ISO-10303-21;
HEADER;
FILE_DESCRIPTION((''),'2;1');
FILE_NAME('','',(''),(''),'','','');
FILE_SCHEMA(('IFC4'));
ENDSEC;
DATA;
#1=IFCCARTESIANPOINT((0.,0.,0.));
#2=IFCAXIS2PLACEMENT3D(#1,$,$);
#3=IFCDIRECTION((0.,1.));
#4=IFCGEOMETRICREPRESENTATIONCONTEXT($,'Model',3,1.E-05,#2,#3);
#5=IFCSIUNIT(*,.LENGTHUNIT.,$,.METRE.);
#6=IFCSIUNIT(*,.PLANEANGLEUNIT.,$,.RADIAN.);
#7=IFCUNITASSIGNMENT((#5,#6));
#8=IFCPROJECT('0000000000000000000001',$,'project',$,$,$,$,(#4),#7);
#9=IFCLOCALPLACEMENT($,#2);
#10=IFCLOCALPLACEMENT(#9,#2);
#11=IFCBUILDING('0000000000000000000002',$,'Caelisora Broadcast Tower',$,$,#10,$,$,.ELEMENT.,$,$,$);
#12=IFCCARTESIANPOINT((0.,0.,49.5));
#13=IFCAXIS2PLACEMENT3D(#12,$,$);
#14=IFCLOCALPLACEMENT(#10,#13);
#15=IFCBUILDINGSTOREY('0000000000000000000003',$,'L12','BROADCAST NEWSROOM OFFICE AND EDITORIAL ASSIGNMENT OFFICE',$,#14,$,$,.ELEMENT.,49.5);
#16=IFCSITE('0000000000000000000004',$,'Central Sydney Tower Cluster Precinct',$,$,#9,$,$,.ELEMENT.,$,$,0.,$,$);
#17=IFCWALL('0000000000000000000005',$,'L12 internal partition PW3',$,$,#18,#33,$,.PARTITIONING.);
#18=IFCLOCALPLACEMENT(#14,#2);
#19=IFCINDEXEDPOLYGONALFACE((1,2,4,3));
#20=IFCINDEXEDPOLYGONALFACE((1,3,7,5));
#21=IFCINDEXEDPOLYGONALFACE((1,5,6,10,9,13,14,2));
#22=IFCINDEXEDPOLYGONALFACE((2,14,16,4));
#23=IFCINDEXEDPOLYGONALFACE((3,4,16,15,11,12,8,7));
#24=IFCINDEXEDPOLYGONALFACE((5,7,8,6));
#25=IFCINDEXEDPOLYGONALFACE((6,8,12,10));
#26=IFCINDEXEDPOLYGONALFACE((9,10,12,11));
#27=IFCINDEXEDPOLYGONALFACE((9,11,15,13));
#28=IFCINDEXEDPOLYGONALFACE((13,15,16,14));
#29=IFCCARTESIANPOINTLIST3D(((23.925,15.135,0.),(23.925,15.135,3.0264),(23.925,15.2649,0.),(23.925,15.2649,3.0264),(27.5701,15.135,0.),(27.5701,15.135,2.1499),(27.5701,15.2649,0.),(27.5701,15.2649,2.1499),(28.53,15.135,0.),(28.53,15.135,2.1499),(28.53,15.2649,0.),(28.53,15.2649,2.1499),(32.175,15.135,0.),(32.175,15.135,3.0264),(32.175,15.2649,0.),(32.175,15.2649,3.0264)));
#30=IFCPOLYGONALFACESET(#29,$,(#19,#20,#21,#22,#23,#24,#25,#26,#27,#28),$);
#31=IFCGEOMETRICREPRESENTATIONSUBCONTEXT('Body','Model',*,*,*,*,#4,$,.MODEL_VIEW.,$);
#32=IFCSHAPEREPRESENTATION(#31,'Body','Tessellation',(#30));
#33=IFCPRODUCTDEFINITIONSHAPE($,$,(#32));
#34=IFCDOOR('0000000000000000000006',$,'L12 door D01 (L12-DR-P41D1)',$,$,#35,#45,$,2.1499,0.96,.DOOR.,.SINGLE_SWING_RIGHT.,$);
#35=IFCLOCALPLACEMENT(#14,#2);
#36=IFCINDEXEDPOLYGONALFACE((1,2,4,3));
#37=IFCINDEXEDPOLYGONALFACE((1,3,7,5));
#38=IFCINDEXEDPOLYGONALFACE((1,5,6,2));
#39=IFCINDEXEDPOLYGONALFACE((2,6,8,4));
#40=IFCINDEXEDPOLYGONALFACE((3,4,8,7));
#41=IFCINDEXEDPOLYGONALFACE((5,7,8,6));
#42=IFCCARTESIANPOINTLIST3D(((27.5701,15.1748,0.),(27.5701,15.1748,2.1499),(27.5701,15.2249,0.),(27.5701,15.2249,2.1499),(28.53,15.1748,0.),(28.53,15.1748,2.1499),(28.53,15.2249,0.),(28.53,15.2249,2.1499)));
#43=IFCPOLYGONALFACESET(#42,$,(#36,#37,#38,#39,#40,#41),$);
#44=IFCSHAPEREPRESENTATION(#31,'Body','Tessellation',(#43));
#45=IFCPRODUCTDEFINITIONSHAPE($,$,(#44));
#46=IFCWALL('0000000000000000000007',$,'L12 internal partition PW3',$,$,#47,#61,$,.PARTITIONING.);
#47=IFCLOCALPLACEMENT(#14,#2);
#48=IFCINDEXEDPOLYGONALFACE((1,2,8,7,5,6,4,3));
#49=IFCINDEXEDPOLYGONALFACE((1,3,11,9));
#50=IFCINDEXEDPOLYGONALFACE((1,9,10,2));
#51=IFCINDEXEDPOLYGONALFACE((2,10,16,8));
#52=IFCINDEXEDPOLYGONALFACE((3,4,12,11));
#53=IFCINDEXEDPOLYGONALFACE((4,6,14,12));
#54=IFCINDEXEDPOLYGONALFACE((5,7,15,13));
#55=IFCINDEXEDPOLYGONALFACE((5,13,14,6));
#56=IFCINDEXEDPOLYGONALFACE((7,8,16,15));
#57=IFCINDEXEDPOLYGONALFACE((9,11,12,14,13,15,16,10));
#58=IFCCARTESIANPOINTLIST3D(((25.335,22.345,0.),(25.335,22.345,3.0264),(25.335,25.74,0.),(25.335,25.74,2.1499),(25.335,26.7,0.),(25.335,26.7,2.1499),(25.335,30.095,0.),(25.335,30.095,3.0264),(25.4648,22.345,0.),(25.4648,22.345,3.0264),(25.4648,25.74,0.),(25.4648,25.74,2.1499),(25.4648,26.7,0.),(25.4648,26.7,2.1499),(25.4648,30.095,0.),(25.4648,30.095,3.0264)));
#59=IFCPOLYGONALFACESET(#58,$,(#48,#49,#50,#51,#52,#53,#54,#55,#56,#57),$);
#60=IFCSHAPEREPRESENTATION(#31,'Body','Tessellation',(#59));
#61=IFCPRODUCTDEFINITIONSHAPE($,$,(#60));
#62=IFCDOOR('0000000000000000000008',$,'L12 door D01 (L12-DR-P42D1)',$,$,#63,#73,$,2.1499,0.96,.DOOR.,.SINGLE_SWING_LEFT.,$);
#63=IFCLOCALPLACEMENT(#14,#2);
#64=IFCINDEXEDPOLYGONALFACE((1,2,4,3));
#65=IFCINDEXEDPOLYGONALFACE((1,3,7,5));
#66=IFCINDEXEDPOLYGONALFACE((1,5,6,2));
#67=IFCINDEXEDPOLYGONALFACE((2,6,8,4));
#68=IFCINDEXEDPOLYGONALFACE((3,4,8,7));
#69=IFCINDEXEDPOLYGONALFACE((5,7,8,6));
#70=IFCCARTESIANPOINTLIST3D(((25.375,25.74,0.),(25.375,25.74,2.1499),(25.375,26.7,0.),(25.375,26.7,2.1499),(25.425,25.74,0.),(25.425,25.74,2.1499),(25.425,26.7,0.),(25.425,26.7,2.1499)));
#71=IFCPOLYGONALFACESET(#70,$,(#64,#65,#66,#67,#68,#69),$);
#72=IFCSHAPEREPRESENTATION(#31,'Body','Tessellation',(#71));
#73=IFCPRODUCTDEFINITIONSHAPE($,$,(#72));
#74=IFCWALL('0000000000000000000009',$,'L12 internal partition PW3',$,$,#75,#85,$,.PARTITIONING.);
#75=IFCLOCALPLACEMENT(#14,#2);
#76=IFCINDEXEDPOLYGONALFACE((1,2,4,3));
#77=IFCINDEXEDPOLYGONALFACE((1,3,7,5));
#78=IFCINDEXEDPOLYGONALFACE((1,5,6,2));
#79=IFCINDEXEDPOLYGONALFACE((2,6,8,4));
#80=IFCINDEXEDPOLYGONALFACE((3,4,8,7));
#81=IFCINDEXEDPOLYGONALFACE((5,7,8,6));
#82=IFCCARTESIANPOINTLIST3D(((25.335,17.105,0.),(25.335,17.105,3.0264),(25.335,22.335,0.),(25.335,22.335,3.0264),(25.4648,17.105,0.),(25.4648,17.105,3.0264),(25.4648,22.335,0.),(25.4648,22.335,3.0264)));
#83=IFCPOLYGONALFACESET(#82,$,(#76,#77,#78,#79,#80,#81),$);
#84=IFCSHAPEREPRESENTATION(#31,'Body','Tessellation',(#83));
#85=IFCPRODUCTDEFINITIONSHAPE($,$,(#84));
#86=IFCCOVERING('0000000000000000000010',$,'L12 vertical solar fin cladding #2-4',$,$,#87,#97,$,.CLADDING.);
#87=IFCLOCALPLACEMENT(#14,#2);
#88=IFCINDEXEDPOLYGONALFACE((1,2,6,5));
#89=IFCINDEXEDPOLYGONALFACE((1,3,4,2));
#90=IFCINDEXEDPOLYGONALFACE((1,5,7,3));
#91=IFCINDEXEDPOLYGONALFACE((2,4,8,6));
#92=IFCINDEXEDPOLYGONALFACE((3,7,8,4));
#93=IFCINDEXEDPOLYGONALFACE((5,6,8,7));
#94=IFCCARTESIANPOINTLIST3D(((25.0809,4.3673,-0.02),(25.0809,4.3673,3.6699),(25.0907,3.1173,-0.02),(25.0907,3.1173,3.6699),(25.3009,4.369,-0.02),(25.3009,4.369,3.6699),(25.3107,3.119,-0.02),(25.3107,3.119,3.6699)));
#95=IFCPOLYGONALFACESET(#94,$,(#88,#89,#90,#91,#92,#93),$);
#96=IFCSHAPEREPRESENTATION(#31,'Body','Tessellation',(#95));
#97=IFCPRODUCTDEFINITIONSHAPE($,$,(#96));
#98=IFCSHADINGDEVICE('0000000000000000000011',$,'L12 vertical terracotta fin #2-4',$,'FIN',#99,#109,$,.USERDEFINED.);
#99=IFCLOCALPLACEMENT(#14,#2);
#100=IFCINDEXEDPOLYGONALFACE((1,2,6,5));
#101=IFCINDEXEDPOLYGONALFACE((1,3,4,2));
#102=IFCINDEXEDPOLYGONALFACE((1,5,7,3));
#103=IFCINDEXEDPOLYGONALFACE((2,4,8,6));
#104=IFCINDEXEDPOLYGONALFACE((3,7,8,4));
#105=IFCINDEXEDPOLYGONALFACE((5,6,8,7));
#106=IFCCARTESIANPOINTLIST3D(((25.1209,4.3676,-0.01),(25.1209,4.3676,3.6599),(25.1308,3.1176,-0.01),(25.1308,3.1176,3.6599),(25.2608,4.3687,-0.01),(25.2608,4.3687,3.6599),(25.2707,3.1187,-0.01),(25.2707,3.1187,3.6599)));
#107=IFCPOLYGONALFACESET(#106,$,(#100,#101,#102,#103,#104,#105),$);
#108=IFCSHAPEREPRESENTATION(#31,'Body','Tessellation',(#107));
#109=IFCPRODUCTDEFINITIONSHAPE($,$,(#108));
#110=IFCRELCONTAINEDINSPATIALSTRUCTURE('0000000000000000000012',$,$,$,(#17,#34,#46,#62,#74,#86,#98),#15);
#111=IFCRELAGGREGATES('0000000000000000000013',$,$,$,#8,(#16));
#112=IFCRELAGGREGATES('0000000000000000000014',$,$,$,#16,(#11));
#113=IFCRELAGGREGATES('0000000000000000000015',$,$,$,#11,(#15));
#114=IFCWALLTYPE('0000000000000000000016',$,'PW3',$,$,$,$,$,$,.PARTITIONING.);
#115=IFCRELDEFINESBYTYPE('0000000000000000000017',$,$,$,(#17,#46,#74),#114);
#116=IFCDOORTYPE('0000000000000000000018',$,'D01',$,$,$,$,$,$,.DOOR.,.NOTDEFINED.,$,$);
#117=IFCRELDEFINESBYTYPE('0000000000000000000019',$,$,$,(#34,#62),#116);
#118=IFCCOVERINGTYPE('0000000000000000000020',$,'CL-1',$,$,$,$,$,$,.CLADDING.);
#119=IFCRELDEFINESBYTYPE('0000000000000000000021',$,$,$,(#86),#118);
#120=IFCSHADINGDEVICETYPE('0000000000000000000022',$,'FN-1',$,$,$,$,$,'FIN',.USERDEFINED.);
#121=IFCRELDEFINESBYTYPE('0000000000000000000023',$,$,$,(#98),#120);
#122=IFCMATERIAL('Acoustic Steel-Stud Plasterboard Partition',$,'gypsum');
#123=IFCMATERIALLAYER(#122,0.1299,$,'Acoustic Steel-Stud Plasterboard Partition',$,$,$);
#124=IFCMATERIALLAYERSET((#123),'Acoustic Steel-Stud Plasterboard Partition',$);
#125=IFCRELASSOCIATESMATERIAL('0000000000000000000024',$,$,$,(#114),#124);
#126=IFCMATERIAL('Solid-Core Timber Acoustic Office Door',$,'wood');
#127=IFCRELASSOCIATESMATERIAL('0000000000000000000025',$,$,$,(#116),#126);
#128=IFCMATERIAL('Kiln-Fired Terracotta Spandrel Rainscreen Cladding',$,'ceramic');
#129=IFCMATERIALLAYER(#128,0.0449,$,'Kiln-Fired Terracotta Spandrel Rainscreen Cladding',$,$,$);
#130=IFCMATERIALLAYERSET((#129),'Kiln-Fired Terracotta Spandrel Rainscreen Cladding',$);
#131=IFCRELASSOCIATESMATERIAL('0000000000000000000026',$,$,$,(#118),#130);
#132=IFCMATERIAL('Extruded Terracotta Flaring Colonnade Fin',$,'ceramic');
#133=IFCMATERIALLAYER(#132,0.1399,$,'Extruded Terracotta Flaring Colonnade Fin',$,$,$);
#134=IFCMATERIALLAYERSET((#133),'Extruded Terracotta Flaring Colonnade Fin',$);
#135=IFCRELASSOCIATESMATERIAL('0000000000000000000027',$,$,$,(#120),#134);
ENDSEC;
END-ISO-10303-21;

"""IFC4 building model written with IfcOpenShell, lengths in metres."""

from ifc_helpers import new_model, si_unit, direction, frame, frame_2d, origin, origin_2d, place, context, subcontext, project, spatial, rectangle, extrude, source, transform, mapped, material, layer, layer_set, type_object, type_shapes, element, fill, save


model = new_model("IFC4")

# Units and contexts
model_context = context("Model", 3, precision=1e-05, world=origin(), true_north=direction((0.0, 1.0)))
body_context = subcontext(model_context, "Body", "Model", "MODEL_VIEW")
ifc_project = project(units=[si_unit("LENGTHUNIT", "METRE"), si_unit("PLANEANGLEUNIT", "RADIAN")], contexts=[model_context])

# Site, building, storey
site_placement = place(None, origin())
site = spatial("IfcSite", under=ifc_project, at=site_placement, Name="Central Sydney Tower Cluster Precinct", CompositionType="ELEMENT", RefElevation=0.0)
building_placement = place(site_placement, origin())
building = spatial("IfcBuilding", under=site, at=building_placement, Name="Caelisora Broadcast Tower", CompositionType="ELEMENT")
storey_placement = place(building_placement, frame((0.0, 0.0, 49.5)))
storey = spatial("IfcBuildingStorey", under=building, at=storey_placement, Name="L12", Description="BROADCAST NEWSROOM OFFICE AND EDITORIAL ASSIGNMENT OFFICE", CompositionType="ELEMENT", Elevation=49.5)

# Shared definitions
ifc_material_1 = material(Name="Acoustic Steel-Stud Plasterboard Partition", Category="gypsum")
ifc_layer_1 = layer(ifc_material_1, 0.1299, Name="Acoustic Steel-Stud Plasterboard Partition")
ifc_layer_set_1 = layer_set([ifc_layer_1], Name="Acoustic Steel-Stud Plasterboard Partition")
wall_type_1 = type_object("IfcWallType", Name="PW3", PredefinedType="PARTITIONING", material=ifc_layer_set_1)

# Walls, openings, doors
wall_1_placement = place(storey_placement, frame((23.925, 15.2, 0.0), z_axis=(0.0, 0.0, 1.0), x_axis=(1.0, 0.0, 0.0)))
wall_1 = element("IfcWall", 1, at=wall_1_placement, inside=storey, type_object=wall_type_1, Name="L12 internal partition PW3", PredefinedType="PARTITIONING", context=body_context, shape_type="SweptSolid", body=[
    extrude(rectangle(XDim=8.25, YDim=0.1299, at=frame_2d((4.125, 0.0))), origin(), (0.0, 0.0, 1.0), 3.0264),
])
opening_1_placement = place(wall_1_placement, frame((3.645, 0.0, 0.0)))
opening_1 = element("IfcOpeningElement", 2, at=opening_1_placement, cuts=wall_1, PredefinedType="OPENING", context=body_context, shape_type="SweptSolid", body=[
    extrude(rectangle(XDim=0.96, YDim=2.1499, at=frame_2d((0.48, 1.075))), frame((0.0, 0.0769, 0.0), z_axis=(0.0, -1.0, 0.0), x_axis=(1.0, 0.0, 0.0)), (0.0, 0.0, 1.0), 0.1538),
])
ifc_material_2 = material(Name="Solid-Core Timber Acoustic Office Door", Category="wood")
door_type = type_object("IfcDoorType", Name="D01", OperationType="NOTDEFINED", PredefinedType="DOOR", material=ifc_material_2)
door_1_placement = place(opening_1_placement, origin())
door_1 = element("IfcDoor", 3, at=door_1_placement, inside=storey, type_object=door_type, Name="L12 door D01 (L12-DR-P41D1)", OperationType="SINGLE_SWING_RIGHT", OverallHeight=2.1499, OverallWidth=0.96, PredefinedType="DOOR", context=body_context, shape_type="SweptSolid", body=[
    extrude(rectangle(XDim=0.96, YDim=2.1499, at=frame_2d((0.48, 1.075))), frame((0.0, 0.0249, 0.0), z_axis=(0.0, -1.0, 0.0), x_axis=(1.0, 0.0, 0.0)), (0.0, 0.0, 1.0), 0.05),
])
fill(opening_1, door_1)
wall_2_placement = place(storey_placement, frame((25.3999, 22.345, 0.0), z_axis=(0.0, 0.0, 1.0), x_axis=(0.0, 1.0, 0.0)))
wall_2 = element("IfcWall", 4, at=wall_2_placement, inside=storey, type_object=wall_type_1, Name="L12 internal partition PW3", PredefinedType="PARTITIONING", context=body_context, shape_type="SweptSolid", body=[
    extrude(rectangle(XDim=7.75, YDim=0.1299, at=frame_2d((3.875, 0.0))), origin(), (0.0, 0.0, 1.0), 3.0264),
])
opening_2_placement = place(wall_2_placement, frame((3.395, 0.0, 0.0)))
opening_2 = element("IfcOpeningElement", 5, at=opening_2_placement, cuts=wall_2, PredefinedType="OPENING", context=body_context, shape_type="SweptSolid", body=[
    extrude(rectangle(XDim=0.96, YDim=2.1499, at=frame_2d((0.48, 1.075))), frame((0.0, 0.0769, 0.0), z_axis=(0.0, -1.0, 0.0), x_axis=(1.0, 0.0, 0.0)), (0.0, 0.0, 1.0), 0.1538),
])
door_2_placement = place(opening_2_placement, origin())
door_2 = element("IfcDoor", 6, at=door_2_placement, inside=storey, type_object=door_type, Name="L12 door D01 (L12-DR-P42D1)", OperationType="SINGLE_SWING_LEFT", OverallHeight=2.1499, OverallWidth=0.96, PredefinedType="DOOR", context=body_context, shape_type="SweptSolid", body=[
    extrude(rectangle(XDim=0.96, YDim=2.1499, at=frame_2d((0.48, 1.075))), frame((0.0, 0.0249, 0.0), z_axis=(0.0, -1.0, 0.0), x_axis=(1.0, 0.0, 0.0)), (0.0, 0.0, 1.0), 0.05),
])
fill(opening_2, door_2)

# Wall
wall_3_placement = place(storey_placement, frame((25.3999, 17.105, 0.0), z_axis=(0.0, 0.0, 1.0), x_axis=(0.0, 1.0, 0.0)))
element("IfcWall", 7, at=wall_3_placement, inside=storey, type_object=wall_type_1, Name="L12 internal partition PW3", PredefinedType="PARTITIONING", context=body_context, shape_type="SweptSolid", body=[
    extrude(rectangle(XDim=5.23, YDim=0.1299, at=frame_2d((2.615, 0.0))), origin(), (0.0, 0.0, 1.0), 3.0264),
])

# Covering
ifc_material_3 = material(Name="Kiln-Fired Terracotta Spandrel Rainscreen Cladding", Category="ceramic")
ifc_layer_2 = layer(ifc_material_3, 0.0449, Name="Kiln-Fired Terracotta Spandrel Rainscreen Cladding")
ifc_layer_set_2 = layer_set([ifc_layer_2], Name="Kiln-Fired Terracotta Spandrel Rainscreen Cladding")
covering_type = type_object("IfcCoveringType", Name="CL-1", PredefinedType="CLADDING", material=ifc_layer_set_2)
shared_shape_1 = source(origin(), body_context, "Body", "SweptSolid", [
    extrude(rectangle(XDim=0.22, YDim=1.25, at=origin_2d()), origin(), (0.0, 0.0, 1.0), 3.6899),
])
type_shapes(covering_type, [shared_shape_1])
covering_placement = place(storey_placement, frame((25.1958, 3.7432, -0.02), z_axis=(0.0, 0.0, 1.0), x_axis=(-0.999969, -0.007854, 0.0)))
element("IfcCovering", 8, at=covering_placement, inside=storey, type_object=covering_type, Name="L12 vertical solar fin cladding #2-4", PredefinedType="CLADDING", context=body_context, shape_type="MappedRepresentation", body=[
    mapped(shared_shape_1, transform((0.0, 0.0, 0.0), scale=1.0)),
])

# Shading device
ifc_material_4 = material(Name="Extruded Terracotta Flaring Colonnade Fin", Category="ceramic")
ifc_layer_3 = layer(ifc_material_4, 0.1399, Name="Extruded Terracotta Flaring Colonnade Fin")
ifc_layer_set_3 = layer_set([ifc_layer_3], Name="Extruded Terracotta Flaring Colonnade Fin")
shading_device_type = type_object("IfcShadingDeviceType", Name="FN-1", ElementType="FIN", PredefinedType="USERDEFINED", material=ifc_layer_set_3)
shared_shape_2 = source(origin(), body_context, "Body", "SweptSolid", [
    extrude(rectangle(XDim=0.1399, YDim=1.25, at=origin_2d()), origin(), (0.0, 0.0, 1.0), 3.6699),
])
type_shapes(shading_device_type, [shared_shape_2])
shading_device_placement = place(storey_placement, frame((25.1958, 3.7432, -0.01), z_axis=(0.0, 0.0, 1.0), x_axis=(-0.999969, -0.007854, 0.0)))
element("IfcShadingDevice", 9, at=shading_device_placement, inside=storey, type_object=shading_device_type, Name="L12 vertical terracotta fin #2-4", ObjectType="FIN", PredefinedType="USERDEFINED", context=body_context, shape_type="MappedRepresentation", body=[
    mapped(shared_shape_2, transform((0.0, 0.0, 0.0), scale=1.0)),
])

save(model, "model.ifc")
